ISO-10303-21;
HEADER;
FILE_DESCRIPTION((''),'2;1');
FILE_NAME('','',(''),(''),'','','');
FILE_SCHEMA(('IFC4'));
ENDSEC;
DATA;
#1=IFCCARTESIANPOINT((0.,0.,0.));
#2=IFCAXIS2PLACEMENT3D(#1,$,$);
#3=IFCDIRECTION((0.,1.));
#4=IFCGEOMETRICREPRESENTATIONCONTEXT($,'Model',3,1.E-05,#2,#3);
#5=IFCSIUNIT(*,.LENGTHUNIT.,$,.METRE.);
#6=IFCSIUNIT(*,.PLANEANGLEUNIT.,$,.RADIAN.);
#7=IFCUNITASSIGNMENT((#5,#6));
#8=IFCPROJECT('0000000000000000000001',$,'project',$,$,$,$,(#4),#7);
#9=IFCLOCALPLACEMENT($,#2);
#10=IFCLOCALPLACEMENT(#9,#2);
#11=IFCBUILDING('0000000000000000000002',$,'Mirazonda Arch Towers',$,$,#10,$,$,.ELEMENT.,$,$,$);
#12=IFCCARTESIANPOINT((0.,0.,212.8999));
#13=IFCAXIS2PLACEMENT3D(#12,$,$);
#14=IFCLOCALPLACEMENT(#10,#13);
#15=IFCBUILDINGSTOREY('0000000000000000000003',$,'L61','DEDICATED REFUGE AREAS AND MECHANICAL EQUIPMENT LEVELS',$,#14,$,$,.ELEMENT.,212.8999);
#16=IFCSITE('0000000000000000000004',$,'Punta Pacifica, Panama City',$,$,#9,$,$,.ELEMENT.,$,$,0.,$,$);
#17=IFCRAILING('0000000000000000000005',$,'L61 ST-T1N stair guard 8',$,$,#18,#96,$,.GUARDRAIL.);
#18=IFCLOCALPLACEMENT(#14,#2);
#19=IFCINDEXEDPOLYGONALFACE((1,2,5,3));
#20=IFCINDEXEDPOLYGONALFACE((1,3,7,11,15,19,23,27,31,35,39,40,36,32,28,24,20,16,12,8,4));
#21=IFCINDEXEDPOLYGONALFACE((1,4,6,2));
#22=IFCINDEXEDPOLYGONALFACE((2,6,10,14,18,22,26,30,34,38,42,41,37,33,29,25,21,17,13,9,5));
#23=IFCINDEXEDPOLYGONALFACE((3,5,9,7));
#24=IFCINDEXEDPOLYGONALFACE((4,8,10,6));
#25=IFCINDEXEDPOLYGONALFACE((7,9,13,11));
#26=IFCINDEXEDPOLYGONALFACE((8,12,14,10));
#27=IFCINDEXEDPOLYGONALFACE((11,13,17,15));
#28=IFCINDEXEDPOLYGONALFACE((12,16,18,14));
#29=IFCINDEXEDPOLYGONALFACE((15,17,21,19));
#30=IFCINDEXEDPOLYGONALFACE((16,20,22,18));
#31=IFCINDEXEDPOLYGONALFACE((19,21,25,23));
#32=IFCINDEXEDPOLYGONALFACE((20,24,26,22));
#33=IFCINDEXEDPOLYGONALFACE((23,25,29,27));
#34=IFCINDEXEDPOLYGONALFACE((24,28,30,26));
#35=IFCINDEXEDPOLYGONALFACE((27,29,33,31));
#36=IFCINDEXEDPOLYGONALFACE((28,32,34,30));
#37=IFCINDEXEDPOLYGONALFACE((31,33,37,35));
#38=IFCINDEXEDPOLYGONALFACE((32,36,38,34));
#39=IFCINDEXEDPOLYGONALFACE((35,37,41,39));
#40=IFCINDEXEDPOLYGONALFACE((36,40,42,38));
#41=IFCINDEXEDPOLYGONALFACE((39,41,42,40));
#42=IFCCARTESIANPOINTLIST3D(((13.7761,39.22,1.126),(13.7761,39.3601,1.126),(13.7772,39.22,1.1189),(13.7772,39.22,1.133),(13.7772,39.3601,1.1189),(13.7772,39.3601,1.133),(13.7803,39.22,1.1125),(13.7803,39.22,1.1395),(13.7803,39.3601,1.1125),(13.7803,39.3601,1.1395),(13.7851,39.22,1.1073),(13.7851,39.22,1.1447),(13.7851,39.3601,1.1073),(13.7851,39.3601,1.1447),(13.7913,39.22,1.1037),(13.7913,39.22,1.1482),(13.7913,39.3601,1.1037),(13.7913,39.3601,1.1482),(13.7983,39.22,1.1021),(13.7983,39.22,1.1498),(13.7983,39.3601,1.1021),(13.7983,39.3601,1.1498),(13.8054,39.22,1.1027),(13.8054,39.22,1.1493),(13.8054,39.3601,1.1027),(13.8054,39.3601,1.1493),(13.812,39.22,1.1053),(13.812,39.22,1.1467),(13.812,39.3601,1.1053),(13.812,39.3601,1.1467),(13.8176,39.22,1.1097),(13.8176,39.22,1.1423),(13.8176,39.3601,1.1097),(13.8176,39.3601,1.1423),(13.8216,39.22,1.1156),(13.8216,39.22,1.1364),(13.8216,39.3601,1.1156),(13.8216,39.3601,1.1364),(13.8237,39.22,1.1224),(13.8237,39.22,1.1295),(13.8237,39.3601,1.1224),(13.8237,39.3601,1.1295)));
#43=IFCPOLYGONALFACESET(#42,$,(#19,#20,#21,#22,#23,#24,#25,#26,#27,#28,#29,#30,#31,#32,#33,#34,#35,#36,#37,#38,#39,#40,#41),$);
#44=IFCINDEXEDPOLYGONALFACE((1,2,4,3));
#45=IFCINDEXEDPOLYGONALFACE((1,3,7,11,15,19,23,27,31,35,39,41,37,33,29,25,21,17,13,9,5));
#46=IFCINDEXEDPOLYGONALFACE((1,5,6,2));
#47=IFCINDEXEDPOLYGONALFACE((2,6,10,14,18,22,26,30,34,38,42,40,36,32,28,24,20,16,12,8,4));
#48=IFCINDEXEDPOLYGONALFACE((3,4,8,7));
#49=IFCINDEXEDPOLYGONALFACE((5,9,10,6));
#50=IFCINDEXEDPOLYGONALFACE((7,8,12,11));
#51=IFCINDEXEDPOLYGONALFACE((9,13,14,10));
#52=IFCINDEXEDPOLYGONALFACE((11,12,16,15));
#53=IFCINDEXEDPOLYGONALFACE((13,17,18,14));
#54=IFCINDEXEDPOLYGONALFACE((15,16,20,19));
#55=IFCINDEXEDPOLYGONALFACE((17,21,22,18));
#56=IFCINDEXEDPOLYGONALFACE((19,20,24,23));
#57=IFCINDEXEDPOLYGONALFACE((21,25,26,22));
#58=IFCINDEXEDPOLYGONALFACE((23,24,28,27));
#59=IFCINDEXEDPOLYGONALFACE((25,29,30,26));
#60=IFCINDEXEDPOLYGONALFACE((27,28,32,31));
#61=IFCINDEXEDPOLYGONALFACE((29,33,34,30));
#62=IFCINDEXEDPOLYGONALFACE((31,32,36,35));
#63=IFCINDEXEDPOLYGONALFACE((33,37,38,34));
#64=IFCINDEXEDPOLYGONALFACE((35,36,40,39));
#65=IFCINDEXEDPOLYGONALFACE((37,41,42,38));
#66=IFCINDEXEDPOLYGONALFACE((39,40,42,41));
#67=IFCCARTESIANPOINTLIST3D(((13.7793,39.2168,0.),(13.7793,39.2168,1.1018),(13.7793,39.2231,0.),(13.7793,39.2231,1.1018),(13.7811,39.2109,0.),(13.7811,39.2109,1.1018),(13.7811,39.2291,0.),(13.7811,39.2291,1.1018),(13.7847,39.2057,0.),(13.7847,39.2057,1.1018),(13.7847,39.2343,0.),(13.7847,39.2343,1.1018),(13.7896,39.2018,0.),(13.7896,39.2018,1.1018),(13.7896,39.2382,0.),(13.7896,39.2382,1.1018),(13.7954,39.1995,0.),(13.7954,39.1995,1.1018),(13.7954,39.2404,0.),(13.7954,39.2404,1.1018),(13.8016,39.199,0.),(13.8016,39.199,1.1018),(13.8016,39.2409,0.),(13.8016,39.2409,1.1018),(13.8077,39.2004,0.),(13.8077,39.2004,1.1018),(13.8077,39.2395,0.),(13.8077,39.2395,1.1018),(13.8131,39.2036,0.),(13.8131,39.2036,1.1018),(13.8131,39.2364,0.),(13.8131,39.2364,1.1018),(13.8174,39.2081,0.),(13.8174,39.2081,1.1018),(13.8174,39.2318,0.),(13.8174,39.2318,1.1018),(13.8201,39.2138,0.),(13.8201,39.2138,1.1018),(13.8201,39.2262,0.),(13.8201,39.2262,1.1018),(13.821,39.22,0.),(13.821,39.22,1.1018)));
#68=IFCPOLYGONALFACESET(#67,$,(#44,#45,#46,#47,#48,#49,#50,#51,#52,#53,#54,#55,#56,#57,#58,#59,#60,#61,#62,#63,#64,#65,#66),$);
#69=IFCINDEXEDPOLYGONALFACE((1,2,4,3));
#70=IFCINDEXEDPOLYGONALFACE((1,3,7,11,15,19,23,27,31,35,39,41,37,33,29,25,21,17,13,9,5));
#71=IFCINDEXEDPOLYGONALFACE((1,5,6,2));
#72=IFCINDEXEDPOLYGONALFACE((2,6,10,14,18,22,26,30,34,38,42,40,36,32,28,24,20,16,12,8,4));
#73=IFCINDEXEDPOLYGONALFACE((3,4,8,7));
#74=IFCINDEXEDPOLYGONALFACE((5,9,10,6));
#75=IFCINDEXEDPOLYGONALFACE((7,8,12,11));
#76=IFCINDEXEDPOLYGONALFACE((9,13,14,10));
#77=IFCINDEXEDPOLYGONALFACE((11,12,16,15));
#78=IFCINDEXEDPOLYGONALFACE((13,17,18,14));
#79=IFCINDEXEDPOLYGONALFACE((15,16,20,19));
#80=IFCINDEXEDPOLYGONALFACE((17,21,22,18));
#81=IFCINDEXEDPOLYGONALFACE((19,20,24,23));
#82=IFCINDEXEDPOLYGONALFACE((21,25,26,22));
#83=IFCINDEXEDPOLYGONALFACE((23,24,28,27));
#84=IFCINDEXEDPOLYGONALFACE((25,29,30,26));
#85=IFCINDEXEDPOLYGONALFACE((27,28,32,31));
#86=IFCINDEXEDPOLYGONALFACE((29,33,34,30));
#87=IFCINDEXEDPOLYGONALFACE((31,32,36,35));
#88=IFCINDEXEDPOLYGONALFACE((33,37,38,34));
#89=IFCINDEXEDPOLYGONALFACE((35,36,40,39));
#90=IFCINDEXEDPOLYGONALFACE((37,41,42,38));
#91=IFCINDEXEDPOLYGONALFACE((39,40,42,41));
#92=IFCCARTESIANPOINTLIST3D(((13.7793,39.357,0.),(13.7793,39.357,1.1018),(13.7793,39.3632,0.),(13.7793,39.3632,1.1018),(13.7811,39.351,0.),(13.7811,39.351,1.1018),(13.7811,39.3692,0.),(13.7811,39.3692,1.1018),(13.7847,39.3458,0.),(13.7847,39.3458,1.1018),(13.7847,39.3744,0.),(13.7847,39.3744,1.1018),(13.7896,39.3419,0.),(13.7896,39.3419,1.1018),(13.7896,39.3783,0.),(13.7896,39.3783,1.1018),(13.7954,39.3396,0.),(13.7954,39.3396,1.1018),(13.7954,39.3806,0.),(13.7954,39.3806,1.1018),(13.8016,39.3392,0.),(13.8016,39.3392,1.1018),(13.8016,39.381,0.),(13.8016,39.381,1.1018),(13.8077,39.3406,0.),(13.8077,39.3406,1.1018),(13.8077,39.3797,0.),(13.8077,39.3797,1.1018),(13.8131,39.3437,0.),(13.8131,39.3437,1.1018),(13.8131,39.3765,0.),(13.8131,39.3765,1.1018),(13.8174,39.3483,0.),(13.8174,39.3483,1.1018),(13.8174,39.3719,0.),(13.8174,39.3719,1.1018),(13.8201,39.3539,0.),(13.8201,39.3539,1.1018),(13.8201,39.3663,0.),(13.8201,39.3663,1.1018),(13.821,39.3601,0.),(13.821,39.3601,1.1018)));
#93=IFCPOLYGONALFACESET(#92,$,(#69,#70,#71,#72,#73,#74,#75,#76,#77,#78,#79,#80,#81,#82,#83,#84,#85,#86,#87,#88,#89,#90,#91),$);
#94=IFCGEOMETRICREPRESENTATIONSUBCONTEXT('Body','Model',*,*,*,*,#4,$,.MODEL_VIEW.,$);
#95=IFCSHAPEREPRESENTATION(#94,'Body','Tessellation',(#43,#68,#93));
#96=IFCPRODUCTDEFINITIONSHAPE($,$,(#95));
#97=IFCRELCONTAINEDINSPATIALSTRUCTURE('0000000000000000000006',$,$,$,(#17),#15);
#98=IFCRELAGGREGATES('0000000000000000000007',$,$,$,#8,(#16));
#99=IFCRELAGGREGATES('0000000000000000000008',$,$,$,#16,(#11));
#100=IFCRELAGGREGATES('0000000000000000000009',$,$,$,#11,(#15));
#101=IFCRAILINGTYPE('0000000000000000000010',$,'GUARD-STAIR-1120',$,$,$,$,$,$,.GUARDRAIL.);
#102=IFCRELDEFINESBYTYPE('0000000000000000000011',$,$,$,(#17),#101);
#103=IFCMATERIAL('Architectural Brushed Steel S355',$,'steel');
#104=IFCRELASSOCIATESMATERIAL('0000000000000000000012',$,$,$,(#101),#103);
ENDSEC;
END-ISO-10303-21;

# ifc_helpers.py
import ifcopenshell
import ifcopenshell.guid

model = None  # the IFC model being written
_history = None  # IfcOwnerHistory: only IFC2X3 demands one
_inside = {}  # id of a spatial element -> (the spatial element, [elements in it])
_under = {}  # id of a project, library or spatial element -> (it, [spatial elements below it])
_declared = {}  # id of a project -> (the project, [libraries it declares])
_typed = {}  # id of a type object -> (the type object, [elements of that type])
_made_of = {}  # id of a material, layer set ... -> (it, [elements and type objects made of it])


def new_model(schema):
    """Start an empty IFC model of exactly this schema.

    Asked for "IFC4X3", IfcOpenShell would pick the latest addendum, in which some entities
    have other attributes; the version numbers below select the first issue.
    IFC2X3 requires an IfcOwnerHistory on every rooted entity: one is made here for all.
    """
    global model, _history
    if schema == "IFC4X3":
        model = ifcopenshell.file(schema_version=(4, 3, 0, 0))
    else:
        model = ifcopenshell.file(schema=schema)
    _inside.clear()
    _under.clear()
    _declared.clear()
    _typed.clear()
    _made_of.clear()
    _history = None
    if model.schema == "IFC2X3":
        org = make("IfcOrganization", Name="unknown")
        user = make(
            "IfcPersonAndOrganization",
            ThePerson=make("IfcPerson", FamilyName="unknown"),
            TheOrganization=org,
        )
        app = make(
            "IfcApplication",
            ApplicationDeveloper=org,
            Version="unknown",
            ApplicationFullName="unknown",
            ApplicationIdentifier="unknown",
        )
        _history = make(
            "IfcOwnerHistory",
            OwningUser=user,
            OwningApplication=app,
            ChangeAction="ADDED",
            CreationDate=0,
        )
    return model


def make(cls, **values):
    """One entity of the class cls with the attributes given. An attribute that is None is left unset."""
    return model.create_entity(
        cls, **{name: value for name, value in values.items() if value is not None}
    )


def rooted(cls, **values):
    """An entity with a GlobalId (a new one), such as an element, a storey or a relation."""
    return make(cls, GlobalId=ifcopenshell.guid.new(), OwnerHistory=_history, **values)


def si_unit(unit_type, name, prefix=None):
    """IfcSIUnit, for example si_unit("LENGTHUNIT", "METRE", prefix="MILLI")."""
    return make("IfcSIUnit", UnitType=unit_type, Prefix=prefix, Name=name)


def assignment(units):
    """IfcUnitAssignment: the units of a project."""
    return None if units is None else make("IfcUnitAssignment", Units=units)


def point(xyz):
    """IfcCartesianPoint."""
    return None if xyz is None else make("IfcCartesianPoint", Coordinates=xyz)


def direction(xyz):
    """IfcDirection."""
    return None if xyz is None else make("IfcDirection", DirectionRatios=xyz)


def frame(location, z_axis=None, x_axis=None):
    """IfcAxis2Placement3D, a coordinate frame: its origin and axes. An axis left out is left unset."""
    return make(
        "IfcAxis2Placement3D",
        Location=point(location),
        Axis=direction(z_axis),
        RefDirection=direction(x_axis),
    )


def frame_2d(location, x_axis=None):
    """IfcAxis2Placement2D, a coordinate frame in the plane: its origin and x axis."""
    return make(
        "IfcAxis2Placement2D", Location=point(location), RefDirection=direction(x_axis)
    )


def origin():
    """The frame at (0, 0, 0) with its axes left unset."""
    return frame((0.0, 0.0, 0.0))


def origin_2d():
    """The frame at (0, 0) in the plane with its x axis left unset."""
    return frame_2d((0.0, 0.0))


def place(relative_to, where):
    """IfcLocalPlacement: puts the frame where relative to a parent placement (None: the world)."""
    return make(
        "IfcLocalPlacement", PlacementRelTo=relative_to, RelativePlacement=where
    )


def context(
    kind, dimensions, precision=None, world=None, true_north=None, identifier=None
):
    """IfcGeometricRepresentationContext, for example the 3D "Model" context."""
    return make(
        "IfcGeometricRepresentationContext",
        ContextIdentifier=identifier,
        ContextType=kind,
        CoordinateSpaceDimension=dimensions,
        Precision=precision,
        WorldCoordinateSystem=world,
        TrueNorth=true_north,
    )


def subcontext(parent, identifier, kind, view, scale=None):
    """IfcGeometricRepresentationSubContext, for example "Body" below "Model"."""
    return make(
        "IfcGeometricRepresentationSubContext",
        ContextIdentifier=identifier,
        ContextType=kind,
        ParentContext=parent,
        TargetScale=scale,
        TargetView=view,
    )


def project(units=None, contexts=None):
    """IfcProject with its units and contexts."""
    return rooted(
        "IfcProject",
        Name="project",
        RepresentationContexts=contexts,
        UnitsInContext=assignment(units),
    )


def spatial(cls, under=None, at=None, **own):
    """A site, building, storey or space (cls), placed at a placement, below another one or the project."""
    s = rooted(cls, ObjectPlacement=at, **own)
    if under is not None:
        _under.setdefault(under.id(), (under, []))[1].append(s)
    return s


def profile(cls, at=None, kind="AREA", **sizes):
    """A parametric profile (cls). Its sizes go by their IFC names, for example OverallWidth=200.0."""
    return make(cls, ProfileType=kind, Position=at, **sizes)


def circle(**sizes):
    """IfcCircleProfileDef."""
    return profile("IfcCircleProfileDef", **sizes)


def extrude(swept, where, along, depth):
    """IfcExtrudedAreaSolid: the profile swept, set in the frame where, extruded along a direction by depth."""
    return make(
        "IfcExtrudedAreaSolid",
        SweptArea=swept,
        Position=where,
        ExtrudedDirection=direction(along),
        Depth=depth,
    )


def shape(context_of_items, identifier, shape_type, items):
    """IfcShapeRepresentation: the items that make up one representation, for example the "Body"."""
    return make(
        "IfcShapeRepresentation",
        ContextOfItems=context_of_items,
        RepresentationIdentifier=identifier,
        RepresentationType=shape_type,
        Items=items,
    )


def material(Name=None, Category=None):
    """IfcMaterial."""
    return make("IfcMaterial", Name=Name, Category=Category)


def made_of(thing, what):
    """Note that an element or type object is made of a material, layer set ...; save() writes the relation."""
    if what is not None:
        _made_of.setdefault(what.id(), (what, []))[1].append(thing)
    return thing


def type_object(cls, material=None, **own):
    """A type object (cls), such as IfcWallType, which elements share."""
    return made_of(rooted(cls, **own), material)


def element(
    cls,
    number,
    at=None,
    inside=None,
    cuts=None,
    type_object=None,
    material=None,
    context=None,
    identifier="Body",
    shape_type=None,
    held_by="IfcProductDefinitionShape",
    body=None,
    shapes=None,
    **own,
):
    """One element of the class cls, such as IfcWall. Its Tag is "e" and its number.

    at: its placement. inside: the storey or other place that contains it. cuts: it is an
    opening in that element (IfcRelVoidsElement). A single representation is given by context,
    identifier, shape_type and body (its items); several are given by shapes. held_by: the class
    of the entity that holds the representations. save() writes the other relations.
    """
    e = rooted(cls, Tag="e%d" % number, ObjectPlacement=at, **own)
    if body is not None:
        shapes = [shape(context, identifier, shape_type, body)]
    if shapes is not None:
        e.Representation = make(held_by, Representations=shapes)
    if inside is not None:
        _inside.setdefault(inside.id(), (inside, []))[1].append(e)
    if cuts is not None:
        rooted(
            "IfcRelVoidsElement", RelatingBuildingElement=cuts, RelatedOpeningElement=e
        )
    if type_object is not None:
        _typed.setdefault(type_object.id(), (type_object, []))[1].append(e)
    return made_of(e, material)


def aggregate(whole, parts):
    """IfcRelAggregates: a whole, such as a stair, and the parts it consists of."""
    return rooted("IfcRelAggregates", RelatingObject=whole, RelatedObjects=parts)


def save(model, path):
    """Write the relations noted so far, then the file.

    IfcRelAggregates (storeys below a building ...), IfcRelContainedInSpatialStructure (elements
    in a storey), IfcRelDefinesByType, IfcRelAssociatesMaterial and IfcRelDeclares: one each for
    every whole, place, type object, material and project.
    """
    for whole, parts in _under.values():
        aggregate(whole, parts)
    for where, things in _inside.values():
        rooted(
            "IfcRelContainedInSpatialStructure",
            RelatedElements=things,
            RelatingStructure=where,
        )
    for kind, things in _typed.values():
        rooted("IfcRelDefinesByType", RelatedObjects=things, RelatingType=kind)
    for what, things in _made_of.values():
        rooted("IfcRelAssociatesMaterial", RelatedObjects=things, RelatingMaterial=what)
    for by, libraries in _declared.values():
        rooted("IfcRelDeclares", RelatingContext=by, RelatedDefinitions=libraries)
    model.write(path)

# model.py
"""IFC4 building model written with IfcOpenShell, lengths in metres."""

from ifc_helpers import new_model, si_unit, direction, frame, origin, origin_2d, place, context, subcontext, project, spatial, circle, extrude, material, type_object, element, save


model = new_model("IFC4")

# Units and contexts
model_context = context("Model", 3, precision=1e-05, world=origin(), true_north=direction((0.0, 1.0)))
body_context = subcontext(model_context, "Body", "Model", "MODEL_VIEW")
ifc_project = project(units=[si_unit("LENGTHUNIT", "METRE"), si_unit("PLANEANGLEUNIT", "RADIAN")], contexts=[model_context])

# Site, building, storey
site_placement = place(None, origin())
site = spatial("IfcSite", under=ifc_project, at=site_placement, Name="Punta Pacifica, Panama City", CompositionType="ELEMENT", RefElevation=0.0)
building_placement = place(site_placement, origin())
building = spatial("IfcBuilding", under=site, at=building_placement, Name="Mirazonda Arch Towers", CompositionType="ELEMENT")
storey_placement = place(building_placement, frame((0.0, 0.0, 212.8999)))
storey = spatial("IfcBuildingStorey", under=building, at=storey_placement, Name="L61", Description="DEDICATED REFUGE AREAS AND MECHANICAL EQUIPMENT LEVELS", CompositionType="ELEMENT", Elevation=212.8999)

# Railing
ifc_material_1 = material(Name="Architectural Brushed Steel S355", Category="steel")
railing_type_1 = type_object("IfcRailingType", Name="GUARD-STAIR-1120", PredefinedType="GUARDRAIL", material=ifc_material_1)
railing_1_placement = place(storey_placement, frame((13.8, 39.22, 0.0)))
element("IfcRailing", 1, at=railing_1_placement, inside=storey, type_object=railing_type_1, Name="L61 ST-T1N stair guard 8", PredefinedType="GUARDRAIL", context=body_context, shape_type="SweptSolid", body=[
    extrude(circle(Radius=0.0239, at=origin_2d()), frame((0.0, 0.0, 1.126), z_axis=(0.0, 1.0, 0.0), x_axis=(-1.0, 0.0, 0.0)), (0.0, 0.0, 1.0), 0.1401),
    extrude(circle(Radius=0.021, at=origin_2d()), origin(), (0.0, 0.0, 1.0), 1.1018),
    extrude(circle(Radius=0.021, at=origin_2d()), frame((0.0, 0.1401, 0.0)), (0.0, 0.0, 1.0), 1.1018),
])

save(model, "model.ifc")
